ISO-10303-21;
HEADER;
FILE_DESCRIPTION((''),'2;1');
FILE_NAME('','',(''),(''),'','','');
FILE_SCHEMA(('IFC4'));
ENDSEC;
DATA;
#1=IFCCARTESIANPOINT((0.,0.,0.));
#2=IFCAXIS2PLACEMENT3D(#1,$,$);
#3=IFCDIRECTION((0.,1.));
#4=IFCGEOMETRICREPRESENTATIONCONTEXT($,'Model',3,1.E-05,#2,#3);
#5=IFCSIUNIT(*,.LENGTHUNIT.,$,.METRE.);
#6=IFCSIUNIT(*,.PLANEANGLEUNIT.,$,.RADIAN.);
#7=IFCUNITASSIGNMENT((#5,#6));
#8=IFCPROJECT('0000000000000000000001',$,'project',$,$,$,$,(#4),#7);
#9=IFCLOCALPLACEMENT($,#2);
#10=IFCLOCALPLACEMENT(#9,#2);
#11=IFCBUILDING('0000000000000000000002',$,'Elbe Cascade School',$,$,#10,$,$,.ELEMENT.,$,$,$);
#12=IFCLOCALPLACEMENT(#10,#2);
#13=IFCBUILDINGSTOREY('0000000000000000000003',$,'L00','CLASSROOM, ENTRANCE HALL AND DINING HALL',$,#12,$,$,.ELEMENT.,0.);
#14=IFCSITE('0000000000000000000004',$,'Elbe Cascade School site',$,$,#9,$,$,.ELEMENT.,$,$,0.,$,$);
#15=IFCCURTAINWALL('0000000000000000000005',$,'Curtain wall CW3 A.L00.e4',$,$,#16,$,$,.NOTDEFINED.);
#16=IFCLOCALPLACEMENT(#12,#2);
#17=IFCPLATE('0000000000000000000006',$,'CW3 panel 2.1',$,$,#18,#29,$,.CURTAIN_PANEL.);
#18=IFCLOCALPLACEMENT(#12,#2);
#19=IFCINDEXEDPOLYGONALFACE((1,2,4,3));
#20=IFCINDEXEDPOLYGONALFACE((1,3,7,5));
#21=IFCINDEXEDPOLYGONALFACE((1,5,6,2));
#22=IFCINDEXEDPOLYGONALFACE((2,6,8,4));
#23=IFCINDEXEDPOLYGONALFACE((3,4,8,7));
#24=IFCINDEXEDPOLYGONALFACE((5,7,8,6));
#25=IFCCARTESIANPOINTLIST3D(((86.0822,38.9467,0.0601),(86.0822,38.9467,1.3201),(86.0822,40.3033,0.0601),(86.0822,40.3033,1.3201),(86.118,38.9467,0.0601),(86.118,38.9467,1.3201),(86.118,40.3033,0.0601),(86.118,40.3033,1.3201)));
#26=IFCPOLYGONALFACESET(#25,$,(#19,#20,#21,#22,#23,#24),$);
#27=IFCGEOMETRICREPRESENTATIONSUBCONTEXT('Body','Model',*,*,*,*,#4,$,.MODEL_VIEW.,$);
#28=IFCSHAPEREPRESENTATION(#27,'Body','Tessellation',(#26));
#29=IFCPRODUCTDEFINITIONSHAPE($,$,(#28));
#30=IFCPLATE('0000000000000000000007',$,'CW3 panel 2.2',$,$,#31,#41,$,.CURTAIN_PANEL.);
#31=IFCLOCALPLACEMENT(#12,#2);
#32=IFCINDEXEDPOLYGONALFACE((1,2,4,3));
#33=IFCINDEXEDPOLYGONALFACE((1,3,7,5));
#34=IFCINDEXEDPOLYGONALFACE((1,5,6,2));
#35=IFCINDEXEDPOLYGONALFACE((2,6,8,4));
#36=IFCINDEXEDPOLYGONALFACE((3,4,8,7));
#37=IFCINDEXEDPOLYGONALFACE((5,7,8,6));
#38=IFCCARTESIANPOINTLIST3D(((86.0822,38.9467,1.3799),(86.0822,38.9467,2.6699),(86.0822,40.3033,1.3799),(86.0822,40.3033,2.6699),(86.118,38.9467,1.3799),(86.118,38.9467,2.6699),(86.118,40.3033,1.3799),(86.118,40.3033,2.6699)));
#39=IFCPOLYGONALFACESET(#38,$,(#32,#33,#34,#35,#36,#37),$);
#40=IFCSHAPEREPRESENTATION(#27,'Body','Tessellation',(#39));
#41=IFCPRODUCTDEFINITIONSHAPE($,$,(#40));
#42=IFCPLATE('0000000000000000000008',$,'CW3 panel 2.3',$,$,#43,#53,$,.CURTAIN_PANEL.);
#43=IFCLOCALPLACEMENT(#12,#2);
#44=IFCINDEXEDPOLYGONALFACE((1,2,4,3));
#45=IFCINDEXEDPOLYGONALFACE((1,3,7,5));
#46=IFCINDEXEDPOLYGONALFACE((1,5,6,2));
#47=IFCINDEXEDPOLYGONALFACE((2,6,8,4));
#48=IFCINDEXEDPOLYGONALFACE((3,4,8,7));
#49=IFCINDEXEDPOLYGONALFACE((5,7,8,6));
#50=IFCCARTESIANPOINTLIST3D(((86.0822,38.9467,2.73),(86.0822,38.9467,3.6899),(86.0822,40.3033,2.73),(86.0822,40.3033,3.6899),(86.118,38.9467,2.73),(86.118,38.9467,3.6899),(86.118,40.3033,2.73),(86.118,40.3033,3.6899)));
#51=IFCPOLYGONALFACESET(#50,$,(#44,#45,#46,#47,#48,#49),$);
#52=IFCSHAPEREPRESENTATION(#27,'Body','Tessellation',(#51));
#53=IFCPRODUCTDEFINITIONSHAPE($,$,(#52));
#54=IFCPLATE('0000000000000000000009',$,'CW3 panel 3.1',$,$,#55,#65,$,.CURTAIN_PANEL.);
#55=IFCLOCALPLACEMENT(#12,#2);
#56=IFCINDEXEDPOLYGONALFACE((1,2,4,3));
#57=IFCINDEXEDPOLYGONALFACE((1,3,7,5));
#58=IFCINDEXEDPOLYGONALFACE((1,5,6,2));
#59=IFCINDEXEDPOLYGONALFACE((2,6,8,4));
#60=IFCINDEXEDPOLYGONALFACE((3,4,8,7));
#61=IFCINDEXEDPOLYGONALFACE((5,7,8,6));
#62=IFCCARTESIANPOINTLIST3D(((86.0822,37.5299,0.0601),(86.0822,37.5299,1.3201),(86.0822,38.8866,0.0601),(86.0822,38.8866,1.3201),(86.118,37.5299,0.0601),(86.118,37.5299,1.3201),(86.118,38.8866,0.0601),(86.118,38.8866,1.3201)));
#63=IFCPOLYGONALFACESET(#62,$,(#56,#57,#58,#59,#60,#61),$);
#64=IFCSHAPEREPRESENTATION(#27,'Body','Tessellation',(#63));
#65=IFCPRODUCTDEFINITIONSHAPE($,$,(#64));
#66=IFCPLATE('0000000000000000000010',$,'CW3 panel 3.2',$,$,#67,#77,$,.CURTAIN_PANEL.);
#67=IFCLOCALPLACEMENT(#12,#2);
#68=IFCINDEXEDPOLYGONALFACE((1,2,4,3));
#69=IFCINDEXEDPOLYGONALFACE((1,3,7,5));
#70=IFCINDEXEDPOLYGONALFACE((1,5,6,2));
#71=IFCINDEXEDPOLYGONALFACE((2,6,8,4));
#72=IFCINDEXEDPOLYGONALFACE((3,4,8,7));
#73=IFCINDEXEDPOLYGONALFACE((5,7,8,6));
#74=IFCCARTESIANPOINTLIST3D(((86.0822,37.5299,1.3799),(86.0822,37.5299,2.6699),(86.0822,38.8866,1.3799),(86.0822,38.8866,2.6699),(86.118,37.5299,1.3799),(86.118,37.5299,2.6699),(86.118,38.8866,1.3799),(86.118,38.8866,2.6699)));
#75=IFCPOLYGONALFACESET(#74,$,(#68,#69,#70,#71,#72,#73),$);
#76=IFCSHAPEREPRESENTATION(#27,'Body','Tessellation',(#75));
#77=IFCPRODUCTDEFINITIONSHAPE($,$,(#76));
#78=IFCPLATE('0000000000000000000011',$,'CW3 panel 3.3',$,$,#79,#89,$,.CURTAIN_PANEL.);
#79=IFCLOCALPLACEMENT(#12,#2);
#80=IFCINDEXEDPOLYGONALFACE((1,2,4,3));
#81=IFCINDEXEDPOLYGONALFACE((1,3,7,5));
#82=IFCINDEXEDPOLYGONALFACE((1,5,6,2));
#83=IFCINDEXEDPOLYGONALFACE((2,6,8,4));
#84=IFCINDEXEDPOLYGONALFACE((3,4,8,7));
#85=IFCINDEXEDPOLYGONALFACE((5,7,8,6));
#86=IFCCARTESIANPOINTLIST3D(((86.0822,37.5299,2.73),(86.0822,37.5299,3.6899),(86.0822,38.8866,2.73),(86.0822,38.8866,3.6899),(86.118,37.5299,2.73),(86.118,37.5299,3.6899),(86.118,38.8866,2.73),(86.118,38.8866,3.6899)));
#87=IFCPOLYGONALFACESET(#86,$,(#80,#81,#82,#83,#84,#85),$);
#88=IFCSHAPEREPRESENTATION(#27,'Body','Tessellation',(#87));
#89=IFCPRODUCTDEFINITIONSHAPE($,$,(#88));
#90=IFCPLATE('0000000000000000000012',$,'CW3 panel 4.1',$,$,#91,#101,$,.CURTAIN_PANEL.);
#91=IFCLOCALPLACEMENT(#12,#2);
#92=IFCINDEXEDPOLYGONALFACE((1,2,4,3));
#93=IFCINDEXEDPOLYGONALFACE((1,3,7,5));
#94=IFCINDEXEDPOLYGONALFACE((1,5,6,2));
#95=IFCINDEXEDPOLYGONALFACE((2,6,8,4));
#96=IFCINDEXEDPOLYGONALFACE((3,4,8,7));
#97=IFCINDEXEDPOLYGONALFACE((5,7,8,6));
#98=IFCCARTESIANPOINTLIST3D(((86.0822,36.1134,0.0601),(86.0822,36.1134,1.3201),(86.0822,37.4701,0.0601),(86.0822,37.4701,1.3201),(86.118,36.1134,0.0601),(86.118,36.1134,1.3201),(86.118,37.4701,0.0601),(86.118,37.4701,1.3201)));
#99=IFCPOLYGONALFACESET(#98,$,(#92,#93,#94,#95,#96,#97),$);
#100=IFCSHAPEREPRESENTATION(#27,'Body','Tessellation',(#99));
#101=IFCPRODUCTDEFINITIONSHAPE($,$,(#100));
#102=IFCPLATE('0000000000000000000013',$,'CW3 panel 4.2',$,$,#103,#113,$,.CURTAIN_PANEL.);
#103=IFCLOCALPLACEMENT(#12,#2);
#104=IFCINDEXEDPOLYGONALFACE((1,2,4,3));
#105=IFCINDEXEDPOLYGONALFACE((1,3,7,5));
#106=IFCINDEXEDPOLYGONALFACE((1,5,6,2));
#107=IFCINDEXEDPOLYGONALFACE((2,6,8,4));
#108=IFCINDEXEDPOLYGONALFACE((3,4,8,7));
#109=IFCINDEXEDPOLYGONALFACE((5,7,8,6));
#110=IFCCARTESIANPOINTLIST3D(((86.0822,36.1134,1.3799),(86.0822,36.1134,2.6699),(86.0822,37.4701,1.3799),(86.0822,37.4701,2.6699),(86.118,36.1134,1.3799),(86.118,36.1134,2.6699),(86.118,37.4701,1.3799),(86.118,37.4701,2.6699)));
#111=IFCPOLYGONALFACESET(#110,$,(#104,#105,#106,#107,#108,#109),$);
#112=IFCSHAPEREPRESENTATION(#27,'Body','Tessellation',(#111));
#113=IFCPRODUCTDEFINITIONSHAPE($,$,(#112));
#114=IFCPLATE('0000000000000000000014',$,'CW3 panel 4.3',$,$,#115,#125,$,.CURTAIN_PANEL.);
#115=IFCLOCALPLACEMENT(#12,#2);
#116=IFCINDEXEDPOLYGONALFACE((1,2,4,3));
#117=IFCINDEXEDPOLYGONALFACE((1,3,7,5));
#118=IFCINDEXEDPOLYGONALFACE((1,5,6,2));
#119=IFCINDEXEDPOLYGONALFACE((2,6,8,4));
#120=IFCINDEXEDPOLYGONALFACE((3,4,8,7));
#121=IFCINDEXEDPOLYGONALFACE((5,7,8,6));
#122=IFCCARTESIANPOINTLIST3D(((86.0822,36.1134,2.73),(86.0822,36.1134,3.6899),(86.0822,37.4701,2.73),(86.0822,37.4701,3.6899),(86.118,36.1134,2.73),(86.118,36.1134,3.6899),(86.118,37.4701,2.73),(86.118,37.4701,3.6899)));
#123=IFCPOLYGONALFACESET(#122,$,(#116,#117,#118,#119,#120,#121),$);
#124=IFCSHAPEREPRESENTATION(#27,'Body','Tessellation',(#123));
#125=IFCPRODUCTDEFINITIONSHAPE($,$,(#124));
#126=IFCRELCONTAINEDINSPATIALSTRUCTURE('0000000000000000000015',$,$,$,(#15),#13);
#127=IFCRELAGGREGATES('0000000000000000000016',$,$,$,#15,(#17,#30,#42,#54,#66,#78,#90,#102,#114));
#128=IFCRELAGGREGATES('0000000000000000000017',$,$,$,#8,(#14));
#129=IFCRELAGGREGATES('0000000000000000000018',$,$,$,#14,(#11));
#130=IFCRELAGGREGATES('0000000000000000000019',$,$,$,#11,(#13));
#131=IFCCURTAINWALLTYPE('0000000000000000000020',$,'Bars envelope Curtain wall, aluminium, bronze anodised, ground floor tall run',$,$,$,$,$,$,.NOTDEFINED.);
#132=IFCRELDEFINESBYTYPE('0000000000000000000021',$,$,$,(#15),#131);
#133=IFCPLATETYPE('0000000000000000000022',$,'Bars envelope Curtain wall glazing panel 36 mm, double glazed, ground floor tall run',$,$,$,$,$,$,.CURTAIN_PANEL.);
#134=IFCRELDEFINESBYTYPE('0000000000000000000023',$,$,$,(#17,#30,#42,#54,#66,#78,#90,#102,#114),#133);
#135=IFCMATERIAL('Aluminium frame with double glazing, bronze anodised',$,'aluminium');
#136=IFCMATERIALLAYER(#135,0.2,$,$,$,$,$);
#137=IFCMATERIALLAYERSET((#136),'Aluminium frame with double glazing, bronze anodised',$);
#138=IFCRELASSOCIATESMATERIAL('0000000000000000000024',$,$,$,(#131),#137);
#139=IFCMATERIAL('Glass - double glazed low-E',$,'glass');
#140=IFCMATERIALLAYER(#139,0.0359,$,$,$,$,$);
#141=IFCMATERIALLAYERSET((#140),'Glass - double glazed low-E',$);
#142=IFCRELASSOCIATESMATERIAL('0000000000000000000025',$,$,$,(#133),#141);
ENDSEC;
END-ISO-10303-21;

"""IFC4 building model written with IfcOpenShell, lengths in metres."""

from ifc_helpers import new_model, si_unit, direction, frame, origin, origin_2d, place, context, subcontext, project, spatial, rectangle, extrude, material, layer, layer_set, type_object, element, aggregate, save


model = new_model("IFC4")

# Units and contexts
model_context = context("Model", 3, precision=1e-05, world=origin(), true_north=direction((0.0, 1.0)))
body_context = subcontext(model_context, "Body", "Model", "MODEL_VIEW")
ifc_project = project(units=[si_unit("LENGTHUNIT", "METRE"), si_unit("PLANEANGLEUNIT", "RADIAN")], contexts=[model_context])

# Site, building, storey
site_placement = place(None, origin())
site = spatial("IfcSite", under=ifc_project, at=site_placement, Name="Elbe Cascade School site", CompositionType="ELEMENT", RefElevation=0.0)
building_placement = place(site_placement, origin())
building = spatial("IfcBuilding", under=site, at=building_placement, Name="Elbe Cascade School", CompositionType="ELEMENT")
storey_placement = place(building_placement, origin())
storey = spatial("IfcBuildingStorey", under=building, at=storey_placement, Name="L00", Description="CLASSROOM, ENTRANCE HALL AND DINING HALL", CompositionType="ELEMENT", Elevation=0.0)

# Curtain wall, plates
ifc_material_1 = material(Name="Aluminium frame with double glazing, bronze anodised", Category="aluminium")
ifc_layer_1 = layer(ifc_material_1, 0.2)
ifc_layer_set_1 = layer_set([ifc_layer_1], Name="Aluminium frame with double glazing, bronze anodised")
curtain_wall_type = type_object("IfcCurtainWallType", Name="Bars envelope Curtain wall, aluminium, bronze anodised, ground floor tall run", PredefinedType="NOTDEFINED", material=ifc_layer_set_1)
curtain_wall_placement = place(storey_placement, origin())
curtain_wall = element("IfcCurtainWall", 1, at=curtain_wall_placement, inside=storey, type_object=curtain_wall_type, Name="Curtain wall CW3 A.L00.e4", PredefinedType="NOTDEFINED")
ifc_material_2 = material(Name="Glass - double glazed low-E", Category="glass")
ifc_layer_2 = layer(ifc_material_2, 0.0359)
ifc_layer_set_2 = layer_set([ifc_layer_2], Name="Glass - double glazed low-E")
plate_type = type_object("IfcPlateType", Name="Bars envelope Curtain wall glazing panel 36 mm, double glazed, ground floor tall run", PredefinedType="CURTAIN_PANEL", material=ifc_layer_set_2)
plate_1_placement = place(storey_placement, frame((86.1001, 39.625, 0.0601), z_axis=(0.0, 0.0, 1.0), x_axis=(0.0, -1.0, 0.0)))
plate_1 = element("IfcPlate", 2, at=plate_1_placement, type_object=plate_type, Name="CW3 panel 2.1", PredefinedType="CURTAIN_PANEL", context=body_context, shape_type="SweptSolid", body=[
    extrude(rectangle(XDim=1.3567, YDim=0.0359, at=origin_2d()), origin(), (0.0, 0.0, 1.0), 1.26),
])
plate_2_placement = place(storey_placement, frame((86.1001, 39.625, 1.3799), z_axis=(0.0, 0.0, 1.0), x_axis=(0.0, -1.0, 0.0)))
plate_2 = element("IfcPlate", 3, at=plate_2_placement, type_object=plate_type, Name="CW3 panel 2.2", PredefinedType="CURTAIN_PANEL", context=body_context, shape_type="SweptSolid", body=[
    extrude(rectangle(XDim=1.3567, YDim=0.0359, at=origin_2d()), origin(), (0.0, 0.0, 1.0), 1.29),
])
plate_3_placement = place(storey_placement, frame((86.1001, 39.625, 2.73), z_axis=(0.0, 0.0, 1.0), x_axis=(0.0, -1.0, 0.0)))
plate_3 = element("IfcPlate", 4, at=plate_3_placement, type_object=plate_type, Name="CW3 panel 2.3", PredefinedType="CURTAIN_PANEL", context=body_context, shape_type="SweptSolid", body=[
    extrude(rectangle(XDim=1.3567, YDim=0.0359, at=origin_2d()), origin(), (0.0, 0.0, 1.0), 0.96),
])
plate_4_placement = place(storey_placement, frame((86.1001, 38.2083, 0.0601), z_axis=(0.0, 0.0, 1.0), x_axis=(0.0, -1.0, 0.0)))
plate_4 = element("IfcPlate", 5, at=plate_4_placement, type_object=plate_type, Name="CW3 panel 3.1", PredefinedType="CURTAIN_PANEL", context=body_context, shape_type="SweptSolid", body=[
    extrude(rectangle(XDim=1.3567, YDim=0.0359, at=origin_2d()), origin(), (0.0, 0.0, 1.0), 1.26),
])
plate_5_placement = place(storey_placement, frame((86.1001, 38.2083, 1.3799), z_axis=(0.0, 0.0, 1.0), x_axis=(0.0, -1.0, 0.0)))
plate_5 = element("IfcPlate", 6, at=plate_5_placement, type_object=plate_type, Name="CW3 panel 3.2", PredefinedType="CURTAIN_PANEL", context=body_context, shape_type="SweptSolid", body=[
    extrude(rectangle(XDim=1.3567, YDim=0.0359, at=origin_2d()), origin(), (0.0, 0.0, 1.0), 1.29),
])
plate_6_placement = place(storey_placement, frame((86.1001, 38.2083, 2.73), z_axis=(0.0, 0.0, 1.0), x_axis=(0.0, -1.0, 0.0)))
plate_6 = element("IfcPlate", 7, at=plate_6_placement, type_object=plate_type, Name="CW3 panel 3.3", PredefinedType="CURTAIN_PANEL", context=body_context, shape_type="SweptSolid", body=[
    extrude(rectangle(XDim=1.3567, YDim=0.0359, at=origin_2d()), origin(), (0.0, 0.0, 1.0), 0.96),
])
plate_7_placement = place(storey_placement, frame((86.1001, 36.7917, 0.0601), z_axis=(0.0, 0.0, 1.0), x_axis=(0.0, -1.0, 0.0)))
plate_7 = element("IfcPlate", 8, at=plate_7_placement, type_object=plate_type, Name="CW3 panel 4.1", PredefinedType="CURTAIN_PANEL", context=body_context, shape_type="SweptSolid", body=[
    extrude(rectangle(XDim=1.3567, YDim=0.0359, at=origin_2d()), origin(), (0.0, 0.0, 1.0), 1.26),
])
plate_8_placement = place(storey_placement, frame((86.1001, 36.7917, 1.3799), z_axis=(0.0, 0.0, 1.0), x_axis=(0.0, -1.0, 0.0)))
plate_8 = element("IfcPlate", 9, at=plate_8_placement, type_object=plate_type, Name="CW3 panel 4.2", PredefinedType="CURTAIN_PANEL", context=body_context, shape_type="SweptSolid", body=[
    extrude(rectangle(XDim=1.3567, YDim=0.0359, at=origin_2d()), origin(), (0.0, 0.0, 1.0), 1.29),
])
plate_9_placement = place(storey_placement, frame((86.1001, 36.7917, 2.73), z_axis=(0.0, 0.0, 1.0), x_axis=(0.0, -1.0, 0.0)))
plate_9 = element("IfcPlate", 10, at=plate_9_placement, type_object=plate_type, Name="CW3 panel 4.3", PredefinedType="CURTAIN_PANEL", context=body_context, shape_type="SweptSolid", body=[
    extrude(rectangle(XDim=1.3567, YDim=0.0359, at=origin_2d()), origin(), (0.0, 0.0, 1.0), 0.96),
])
aggregate(curtain_wall, [plate_1, plate_2, plate_3, plate_4, plate_5, plate_6, plate_7, plate_8, plate_9])

save(model, "model.ifc")
